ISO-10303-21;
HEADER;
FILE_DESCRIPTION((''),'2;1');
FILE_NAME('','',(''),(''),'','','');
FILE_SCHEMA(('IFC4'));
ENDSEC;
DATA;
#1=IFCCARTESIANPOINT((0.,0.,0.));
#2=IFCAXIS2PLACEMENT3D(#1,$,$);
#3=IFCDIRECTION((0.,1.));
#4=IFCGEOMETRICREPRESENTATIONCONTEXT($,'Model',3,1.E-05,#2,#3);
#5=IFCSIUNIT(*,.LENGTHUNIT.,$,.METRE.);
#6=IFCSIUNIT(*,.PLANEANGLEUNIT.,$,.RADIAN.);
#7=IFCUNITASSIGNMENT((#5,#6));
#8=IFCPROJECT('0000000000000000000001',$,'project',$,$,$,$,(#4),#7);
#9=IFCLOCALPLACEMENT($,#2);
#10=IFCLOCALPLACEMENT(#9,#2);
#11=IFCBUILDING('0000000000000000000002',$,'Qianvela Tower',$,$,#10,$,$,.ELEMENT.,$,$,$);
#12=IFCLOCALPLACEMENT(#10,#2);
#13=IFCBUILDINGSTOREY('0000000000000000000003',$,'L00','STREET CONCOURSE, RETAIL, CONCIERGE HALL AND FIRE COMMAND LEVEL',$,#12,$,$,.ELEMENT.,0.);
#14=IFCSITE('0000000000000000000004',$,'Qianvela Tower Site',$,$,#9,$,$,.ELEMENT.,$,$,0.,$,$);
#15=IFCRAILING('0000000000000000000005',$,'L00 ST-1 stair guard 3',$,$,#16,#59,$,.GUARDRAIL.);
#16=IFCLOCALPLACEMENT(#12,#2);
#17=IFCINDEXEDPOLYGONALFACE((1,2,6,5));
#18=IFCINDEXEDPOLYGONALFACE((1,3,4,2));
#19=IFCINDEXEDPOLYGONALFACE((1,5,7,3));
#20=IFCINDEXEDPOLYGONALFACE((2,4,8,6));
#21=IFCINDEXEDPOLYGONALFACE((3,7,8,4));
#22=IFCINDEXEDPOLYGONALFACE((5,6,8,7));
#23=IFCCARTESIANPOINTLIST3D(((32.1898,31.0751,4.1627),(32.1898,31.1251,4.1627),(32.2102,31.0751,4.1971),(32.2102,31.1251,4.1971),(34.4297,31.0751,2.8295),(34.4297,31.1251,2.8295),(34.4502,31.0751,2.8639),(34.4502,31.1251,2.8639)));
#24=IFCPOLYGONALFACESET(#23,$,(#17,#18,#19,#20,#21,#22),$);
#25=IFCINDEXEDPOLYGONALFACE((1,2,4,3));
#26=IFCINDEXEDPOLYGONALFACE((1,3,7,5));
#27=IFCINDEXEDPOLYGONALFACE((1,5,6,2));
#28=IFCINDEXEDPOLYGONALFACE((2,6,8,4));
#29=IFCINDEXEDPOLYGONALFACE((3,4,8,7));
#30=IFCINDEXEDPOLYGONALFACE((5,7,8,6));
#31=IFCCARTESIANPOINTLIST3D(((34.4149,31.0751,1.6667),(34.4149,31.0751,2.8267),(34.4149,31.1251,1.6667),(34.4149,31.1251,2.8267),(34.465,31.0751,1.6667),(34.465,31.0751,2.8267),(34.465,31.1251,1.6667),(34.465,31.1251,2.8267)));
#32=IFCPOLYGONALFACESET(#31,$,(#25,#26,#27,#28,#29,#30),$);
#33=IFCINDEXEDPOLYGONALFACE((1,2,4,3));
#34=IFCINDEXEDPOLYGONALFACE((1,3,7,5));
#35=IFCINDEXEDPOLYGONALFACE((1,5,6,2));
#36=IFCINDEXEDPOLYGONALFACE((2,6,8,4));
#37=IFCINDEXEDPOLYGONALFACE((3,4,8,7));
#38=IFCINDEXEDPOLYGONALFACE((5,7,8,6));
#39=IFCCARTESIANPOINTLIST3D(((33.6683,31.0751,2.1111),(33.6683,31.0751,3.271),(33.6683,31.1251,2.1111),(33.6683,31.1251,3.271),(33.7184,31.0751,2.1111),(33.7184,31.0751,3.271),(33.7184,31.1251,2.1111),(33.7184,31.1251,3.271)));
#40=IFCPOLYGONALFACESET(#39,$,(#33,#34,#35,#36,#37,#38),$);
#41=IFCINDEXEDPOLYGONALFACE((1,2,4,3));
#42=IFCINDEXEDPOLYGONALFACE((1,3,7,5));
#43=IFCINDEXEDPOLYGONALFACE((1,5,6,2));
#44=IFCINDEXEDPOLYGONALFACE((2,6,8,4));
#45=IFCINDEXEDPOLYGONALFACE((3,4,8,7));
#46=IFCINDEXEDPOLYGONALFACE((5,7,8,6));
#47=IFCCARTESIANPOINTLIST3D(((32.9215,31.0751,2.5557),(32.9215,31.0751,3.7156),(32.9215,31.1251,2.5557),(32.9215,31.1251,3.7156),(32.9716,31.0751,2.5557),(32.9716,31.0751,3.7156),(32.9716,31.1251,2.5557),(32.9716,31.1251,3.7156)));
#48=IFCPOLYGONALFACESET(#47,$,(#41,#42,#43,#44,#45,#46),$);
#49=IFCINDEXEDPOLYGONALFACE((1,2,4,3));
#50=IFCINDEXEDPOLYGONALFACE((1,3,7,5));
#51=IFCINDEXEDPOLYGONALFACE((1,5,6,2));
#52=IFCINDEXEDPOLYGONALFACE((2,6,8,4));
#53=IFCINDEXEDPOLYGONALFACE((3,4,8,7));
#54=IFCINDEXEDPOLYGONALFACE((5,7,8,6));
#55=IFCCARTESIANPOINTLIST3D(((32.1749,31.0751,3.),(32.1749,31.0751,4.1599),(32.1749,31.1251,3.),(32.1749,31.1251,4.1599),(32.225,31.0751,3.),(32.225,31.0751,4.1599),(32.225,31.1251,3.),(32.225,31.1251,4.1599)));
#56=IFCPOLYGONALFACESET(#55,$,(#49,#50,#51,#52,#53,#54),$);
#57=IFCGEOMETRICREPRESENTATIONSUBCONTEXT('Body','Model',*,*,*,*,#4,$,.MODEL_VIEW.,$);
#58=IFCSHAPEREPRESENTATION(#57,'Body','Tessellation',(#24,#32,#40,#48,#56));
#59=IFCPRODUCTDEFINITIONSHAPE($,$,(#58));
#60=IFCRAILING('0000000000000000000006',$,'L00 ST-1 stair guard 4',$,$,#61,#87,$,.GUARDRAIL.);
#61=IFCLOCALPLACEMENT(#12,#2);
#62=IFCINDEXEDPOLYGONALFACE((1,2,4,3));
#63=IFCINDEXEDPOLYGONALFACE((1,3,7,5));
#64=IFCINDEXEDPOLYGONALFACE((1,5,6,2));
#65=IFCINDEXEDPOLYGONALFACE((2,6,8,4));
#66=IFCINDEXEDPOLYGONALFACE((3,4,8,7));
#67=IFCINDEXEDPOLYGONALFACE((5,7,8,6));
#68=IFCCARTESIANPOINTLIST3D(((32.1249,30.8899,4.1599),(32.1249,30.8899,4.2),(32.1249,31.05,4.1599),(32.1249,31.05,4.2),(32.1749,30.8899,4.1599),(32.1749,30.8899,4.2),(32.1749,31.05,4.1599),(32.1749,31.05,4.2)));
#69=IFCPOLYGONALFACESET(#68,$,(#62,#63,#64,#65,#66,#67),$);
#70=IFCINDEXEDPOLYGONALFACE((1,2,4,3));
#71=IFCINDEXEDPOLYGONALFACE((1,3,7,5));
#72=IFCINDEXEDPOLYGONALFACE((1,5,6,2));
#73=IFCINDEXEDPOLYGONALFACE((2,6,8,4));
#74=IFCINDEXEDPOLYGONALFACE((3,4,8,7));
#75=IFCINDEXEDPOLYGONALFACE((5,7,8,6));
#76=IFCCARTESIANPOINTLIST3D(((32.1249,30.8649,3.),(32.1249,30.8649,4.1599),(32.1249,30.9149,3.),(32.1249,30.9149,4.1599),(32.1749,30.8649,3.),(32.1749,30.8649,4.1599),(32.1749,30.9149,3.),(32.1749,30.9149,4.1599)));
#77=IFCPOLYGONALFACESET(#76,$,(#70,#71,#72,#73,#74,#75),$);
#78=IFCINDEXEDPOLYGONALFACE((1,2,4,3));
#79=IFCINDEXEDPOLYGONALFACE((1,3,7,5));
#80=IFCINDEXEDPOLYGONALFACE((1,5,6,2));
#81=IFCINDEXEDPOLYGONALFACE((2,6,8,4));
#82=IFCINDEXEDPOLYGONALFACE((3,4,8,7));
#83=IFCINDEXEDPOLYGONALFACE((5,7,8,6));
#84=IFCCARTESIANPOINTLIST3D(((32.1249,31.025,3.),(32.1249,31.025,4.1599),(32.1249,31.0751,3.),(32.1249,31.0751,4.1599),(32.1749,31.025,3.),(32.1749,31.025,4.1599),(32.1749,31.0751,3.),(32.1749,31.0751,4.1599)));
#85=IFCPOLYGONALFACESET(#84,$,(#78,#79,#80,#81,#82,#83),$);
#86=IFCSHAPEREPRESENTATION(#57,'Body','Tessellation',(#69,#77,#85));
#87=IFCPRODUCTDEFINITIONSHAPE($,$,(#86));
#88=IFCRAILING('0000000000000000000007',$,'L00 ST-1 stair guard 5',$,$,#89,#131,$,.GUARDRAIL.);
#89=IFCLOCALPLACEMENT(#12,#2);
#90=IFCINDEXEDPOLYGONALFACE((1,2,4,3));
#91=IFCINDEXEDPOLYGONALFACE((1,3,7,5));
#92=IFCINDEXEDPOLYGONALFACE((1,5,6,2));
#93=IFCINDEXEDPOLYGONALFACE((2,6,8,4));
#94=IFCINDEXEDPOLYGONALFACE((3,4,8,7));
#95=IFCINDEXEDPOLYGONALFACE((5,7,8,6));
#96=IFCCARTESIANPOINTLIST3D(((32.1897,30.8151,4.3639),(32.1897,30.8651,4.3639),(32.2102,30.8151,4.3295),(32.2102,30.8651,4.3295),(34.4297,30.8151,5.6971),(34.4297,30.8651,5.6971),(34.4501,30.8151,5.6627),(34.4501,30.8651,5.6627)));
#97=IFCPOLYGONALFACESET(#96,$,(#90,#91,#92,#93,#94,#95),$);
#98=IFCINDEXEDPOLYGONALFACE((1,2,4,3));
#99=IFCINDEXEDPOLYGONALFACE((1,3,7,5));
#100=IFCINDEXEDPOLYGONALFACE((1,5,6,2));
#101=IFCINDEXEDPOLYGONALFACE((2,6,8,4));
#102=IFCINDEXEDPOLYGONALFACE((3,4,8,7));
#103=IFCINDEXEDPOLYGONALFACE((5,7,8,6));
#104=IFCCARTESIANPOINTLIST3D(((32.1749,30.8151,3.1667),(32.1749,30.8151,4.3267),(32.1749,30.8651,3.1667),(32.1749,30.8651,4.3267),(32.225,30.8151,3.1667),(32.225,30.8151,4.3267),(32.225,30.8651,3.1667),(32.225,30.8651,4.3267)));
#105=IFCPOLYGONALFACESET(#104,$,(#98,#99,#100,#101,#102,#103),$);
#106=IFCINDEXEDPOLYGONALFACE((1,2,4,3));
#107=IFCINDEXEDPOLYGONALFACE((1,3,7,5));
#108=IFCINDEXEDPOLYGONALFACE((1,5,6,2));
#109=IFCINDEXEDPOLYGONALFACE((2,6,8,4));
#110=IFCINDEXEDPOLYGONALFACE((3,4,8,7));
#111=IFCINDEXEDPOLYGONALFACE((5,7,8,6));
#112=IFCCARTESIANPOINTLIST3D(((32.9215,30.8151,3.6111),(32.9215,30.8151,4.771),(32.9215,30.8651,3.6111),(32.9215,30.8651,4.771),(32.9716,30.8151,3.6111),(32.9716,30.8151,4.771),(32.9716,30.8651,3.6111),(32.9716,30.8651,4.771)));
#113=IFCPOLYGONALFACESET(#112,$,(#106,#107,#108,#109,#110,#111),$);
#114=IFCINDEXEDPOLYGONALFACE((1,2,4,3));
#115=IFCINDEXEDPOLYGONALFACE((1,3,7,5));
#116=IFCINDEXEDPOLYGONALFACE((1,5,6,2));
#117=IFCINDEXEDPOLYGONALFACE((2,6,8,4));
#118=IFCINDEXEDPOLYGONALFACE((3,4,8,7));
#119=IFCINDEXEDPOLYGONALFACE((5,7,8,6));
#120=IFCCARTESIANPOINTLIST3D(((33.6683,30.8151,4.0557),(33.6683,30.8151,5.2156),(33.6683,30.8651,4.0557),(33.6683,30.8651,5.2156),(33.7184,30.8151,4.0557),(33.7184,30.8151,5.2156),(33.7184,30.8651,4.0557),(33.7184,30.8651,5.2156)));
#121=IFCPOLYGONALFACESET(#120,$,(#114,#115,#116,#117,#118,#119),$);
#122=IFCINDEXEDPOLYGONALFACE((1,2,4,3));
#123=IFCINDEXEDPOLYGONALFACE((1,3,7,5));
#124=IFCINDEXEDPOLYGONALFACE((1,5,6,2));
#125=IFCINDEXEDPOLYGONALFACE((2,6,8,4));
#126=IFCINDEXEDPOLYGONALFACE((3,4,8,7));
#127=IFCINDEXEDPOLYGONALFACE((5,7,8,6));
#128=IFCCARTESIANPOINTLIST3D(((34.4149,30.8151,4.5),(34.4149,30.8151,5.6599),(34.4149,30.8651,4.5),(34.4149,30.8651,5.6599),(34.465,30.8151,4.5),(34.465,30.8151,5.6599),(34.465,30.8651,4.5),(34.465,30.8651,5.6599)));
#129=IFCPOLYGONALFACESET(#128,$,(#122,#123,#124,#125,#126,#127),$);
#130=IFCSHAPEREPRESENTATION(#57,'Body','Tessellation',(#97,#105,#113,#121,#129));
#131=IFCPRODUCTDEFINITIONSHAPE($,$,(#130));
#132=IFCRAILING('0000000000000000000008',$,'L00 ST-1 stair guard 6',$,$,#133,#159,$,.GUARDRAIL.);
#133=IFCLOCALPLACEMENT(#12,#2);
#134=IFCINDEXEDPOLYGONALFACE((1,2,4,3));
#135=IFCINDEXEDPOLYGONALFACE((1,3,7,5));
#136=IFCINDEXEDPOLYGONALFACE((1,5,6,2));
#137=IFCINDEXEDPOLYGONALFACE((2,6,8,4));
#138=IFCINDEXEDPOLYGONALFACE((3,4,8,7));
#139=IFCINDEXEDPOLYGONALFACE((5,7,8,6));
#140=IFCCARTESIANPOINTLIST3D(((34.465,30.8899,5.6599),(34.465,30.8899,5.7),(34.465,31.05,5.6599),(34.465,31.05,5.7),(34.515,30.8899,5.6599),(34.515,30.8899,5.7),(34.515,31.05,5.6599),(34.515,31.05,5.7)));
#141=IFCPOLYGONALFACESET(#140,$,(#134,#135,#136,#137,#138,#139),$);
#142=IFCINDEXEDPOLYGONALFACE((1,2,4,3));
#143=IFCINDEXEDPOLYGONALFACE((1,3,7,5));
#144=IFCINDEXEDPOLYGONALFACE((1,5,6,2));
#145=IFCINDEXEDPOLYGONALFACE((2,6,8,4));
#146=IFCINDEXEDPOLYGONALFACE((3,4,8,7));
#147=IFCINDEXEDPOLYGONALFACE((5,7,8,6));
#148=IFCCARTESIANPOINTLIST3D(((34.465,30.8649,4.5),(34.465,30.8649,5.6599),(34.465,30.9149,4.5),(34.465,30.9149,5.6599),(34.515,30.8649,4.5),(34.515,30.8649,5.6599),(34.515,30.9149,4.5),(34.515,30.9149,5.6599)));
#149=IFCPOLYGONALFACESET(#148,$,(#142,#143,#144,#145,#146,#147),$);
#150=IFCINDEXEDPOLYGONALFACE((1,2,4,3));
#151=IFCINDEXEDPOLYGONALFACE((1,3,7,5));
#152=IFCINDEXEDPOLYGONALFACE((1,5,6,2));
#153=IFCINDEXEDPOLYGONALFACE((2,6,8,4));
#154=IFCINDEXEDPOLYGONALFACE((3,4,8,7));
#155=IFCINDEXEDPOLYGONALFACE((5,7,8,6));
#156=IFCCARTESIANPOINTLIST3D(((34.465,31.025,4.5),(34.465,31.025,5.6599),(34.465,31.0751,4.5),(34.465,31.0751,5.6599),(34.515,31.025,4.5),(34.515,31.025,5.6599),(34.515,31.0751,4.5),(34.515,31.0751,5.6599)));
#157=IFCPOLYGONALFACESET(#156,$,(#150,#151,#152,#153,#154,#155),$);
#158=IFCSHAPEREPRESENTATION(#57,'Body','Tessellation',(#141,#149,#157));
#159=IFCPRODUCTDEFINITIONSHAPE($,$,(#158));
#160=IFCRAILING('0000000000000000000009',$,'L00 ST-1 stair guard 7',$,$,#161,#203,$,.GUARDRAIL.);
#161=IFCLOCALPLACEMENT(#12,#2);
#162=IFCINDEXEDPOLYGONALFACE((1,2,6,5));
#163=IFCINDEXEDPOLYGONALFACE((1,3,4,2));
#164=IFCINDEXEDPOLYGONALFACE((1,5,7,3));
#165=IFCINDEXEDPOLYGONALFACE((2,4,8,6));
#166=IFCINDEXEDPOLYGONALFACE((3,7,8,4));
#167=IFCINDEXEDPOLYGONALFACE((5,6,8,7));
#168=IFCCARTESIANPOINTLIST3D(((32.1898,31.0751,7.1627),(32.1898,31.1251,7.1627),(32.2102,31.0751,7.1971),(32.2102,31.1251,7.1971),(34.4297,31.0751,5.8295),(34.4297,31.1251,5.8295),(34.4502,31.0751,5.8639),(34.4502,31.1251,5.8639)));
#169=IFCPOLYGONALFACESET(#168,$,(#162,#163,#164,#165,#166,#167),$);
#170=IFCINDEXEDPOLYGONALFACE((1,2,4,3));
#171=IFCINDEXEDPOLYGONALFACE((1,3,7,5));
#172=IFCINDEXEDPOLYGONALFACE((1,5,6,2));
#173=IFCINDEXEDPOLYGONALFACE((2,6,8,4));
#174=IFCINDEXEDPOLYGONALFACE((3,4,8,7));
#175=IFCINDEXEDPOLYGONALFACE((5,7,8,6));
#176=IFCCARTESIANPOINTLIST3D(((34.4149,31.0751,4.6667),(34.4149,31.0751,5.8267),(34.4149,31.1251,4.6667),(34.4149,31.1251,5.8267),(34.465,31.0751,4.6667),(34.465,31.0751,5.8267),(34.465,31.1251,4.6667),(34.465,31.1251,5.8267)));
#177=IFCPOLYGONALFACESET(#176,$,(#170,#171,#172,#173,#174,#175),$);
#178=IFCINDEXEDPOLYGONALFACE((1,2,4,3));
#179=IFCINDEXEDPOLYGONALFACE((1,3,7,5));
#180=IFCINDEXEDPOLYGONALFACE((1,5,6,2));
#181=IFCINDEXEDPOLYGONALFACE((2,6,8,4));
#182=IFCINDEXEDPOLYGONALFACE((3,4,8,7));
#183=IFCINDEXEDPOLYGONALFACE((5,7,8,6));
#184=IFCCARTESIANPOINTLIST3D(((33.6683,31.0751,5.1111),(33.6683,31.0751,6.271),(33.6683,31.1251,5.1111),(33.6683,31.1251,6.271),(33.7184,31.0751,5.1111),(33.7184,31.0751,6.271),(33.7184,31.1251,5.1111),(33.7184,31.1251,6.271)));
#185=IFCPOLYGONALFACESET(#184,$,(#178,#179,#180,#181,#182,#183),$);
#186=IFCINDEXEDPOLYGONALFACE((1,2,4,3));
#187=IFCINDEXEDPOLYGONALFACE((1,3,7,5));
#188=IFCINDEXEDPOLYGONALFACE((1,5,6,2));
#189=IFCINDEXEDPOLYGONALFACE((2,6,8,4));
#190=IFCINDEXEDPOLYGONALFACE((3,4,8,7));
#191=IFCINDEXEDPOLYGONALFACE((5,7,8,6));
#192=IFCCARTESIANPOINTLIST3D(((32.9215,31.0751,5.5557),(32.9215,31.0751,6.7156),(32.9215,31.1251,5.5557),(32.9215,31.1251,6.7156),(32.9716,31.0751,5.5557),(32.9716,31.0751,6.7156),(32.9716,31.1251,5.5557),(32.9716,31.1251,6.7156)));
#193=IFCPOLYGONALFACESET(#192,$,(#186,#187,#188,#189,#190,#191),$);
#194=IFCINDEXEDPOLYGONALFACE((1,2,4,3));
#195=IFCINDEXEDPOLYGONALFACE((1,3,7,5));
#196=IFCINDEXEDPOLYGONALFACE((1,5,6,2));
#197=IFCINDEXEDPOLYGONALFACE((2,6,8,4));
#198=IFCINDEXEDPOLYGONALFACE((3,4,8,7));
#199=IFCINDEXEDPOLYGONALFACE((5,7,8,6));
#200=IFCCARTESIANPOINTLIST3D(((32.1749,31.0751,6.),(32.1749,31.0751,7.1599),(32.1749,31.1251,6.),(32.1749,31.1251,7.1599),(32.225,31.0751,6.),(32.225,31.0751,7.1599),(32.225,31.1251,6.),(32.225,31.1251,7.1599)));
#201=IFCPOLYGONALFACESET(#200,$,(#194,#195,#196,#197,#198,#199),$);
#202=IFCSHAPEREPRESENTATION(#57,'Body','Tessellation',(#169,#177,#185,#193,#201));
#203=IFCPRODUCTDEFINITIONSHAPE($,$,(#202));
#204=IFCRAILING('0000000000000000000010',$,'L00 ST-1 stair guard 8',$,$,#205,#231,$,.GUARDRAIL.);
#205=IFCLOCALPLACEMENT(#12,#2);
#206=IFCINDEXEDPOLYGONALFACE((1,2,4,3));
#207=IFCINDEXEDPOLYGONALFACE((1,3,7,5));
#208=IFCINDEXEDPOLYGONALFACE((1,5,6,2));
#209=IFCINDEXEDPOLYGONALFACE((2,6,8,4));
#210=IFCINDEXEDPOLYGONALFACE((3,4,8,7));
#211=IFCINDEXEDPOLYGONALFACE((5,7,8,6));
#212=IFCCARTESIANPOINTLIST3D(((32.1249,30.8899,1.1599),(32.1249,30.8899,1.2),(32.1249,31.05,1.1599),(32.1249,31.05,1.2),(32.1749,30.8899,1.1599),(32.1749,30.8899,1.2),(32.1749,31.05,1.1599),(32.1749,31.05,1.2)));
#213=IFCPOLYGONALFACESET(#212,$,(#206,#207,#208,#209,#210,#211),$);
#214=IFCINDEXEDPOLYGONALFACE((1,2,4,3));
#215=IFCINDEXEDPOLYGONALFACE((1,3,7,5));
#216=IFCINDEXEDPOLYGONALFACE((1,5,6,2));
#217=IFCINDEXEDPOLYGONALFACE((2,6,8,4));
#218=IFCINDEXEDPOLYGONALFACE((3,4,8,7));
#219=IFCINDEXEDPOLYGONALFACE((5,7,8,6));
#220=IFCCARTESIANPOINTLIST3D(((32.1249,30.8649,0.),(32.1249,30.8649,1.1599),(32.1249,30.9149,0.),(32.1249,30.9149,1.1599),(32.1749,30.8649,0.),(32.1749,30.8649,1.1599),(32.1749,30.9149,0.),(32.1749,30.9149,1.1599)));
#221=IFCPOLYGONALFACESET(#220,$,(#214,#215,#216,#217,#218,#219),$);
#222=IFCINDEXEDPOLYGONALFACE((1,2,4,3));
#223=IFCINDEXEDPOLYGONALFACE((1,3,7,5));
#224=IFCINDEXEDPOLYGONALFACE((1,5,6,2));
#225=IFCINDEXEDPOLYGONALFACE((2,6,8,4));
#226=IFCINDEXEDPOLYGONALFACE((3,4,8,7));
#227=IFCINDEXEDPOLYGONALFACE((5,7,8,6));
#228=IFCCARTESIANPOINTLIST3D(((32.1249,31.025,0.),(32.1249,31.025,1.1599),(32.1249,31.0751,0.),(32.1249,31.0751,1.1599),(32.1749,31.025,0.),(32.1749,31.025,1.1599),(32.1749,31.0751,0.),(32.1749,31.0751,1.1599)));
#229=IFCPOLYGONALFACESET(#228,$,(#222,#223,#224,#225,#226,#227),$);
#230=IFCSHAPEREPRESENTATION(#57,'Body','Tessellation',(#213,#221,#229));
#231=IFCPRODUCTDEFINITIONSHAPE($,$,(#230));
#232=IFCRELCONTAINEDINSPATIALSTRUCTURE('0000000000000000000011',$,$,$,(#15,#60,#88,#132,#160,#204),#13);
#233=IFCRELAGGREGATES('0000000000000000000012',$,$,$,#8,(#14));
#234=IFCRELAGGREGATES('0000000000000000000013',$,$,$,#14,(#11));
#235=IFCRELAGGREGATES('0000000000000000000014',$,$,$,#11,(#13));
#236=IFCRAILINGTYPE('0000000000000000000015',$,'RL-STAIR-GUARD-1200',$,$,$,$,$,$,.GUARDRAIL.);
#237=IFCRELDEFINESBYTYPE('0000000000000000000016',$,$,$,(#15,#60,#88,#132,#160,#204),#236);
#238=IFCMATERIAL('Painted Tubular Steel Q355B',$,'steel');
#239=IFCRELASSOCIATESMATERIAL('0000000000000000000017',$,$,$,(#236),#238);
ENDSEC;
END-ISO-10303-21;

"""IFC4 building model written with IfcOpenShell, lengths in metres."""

from ifc_helpers import new_model, si_unit, direction, frame, origin, origin_2d, place, context, subcontext, project, spatial, rectangle, extrude, material, type_object, element, save


model = new_model("IFC4")

# Units and contexts
model_context = context("Model", 3, precision=1e-05, world=origin(), true_north=direction((0.0, 1.0)))
body_context = subcontext(model_context, "Body", "Model", "MODEL_VIEW")
ifc_project = project(units=[si_unit("LENGTHUNIT", "METRE"), si_unit("PLANEANGLEUNIT", "RADIAN")], contexts=[model_context])

# Site, building, storey
site_placement = place(None, origin())
site = spatial("IfcSite", under=ifc_project, at=site_placement, Name="Qianvela Tower Site", CompositionType="ELEMENT", RefElevation=0.0)
building_placement = place(site_placement, origin())
building = spatial("IfcBuilding", under=site, at=building_placement, Name="Qianvela Tower", CompositionType="ELEMENT")
storey_placement = place(building_placement, origin())
storey = spatial("IfcBuildingStorey", under=building, at=storey_placement, Name="L00", Description="STREET CONCOURSE, RETAIL, CONCIERGE HALL AND FIRE COMMAND LEVEL", CompositionType="ELEMENT", Elevation=0.0)

# Railings
ifc_material_1 = material(Name="Painted Tubular Steel Q355B", Category="steel")
railing_type_1 = type_object("IfcRailingType", Name="RL-STAIR-GUARD-1200", PredefinedType="GUARDRAIL", material=ifc_material_1)
railing_1_placement = place(storey_placement, frame((34.4399, 31.1001, 1.6667)))
element("IfcRailing", 1, at=railing_1_placement, inside=storey, type_object=railing_type_1, Name="L00 ST-1 stair guard 3", PredefinedType="GUARDRAIL", context=body_context, shape_type="SweptSolid", body=[
    extrude(rectangle(XDim=0.05, YDim=0.04, at=origin_2d()), frame((0.0, 0.0, 1.1799), z_axis=(-0.859306, 0.0, 0.511462), x_axis=(0.0, -1.0, 0.0)), (0.0, 0.0, 1.0), 2.6067),
    extrude(rectangle(XDim=0.05, YDim=0.05, at=origin_2d()), origin(), (0.0, 0.0, 1.0), 1.1599),
    extrude(rectangle(XDim=0.05, YDim=0.05, at=origin_2d()), frame((-0.7466, 0.0, 0.4443)), (0.0, 0.0, 1.0), 1.1599),
    extrude(rectangle(XDim=0.05, YDim=0.05, at=origin_2d()), frame((-1.4934, 0.0, 0.8889)), (0.0, 0.0, 1.0), 1.1599),
    extrude(rectangle(XDim=0.05, YDim=0.05, at=origin_2d()), frame((-2.24, 0.0, 1.3333)), (0.0, 0.0, 1.0), 1.1599),
])
railing_2_placement = place(storey_placement, frame((32.1499, 30.8899, 3.0)))
element("IfcRailing", 2, at=railing_2_placement, inside=storey, type_object=railing_type_1, Name="L00 ST-1 stair guard 4", PredefinedType="GUARDRAIL", context=body_context, shape_type="SweptSolid", body=[
    extrude(rectangle(XDim=0.05, YDim=0.04, at=origin_2d()), frame((0.0, 0.0, 1.1799), z_axis=(0.0, 1.0, 0.0), x_axis=(-1.0, 0.0, 0.0)), (0.0, 0.0, 1.0), 0.1602),
    extrude(rectangle(XDim=0.05, YDim=0.05, at=origin_2d()), origin(), (0.0, 0.0, 1.0), 1.1599),
    extrude(rectangle(XDim=0.05, YDim=0.05, at=origin_2d()), frame((0.0, 0.1602, 0.0)), (0.0, 0.0, 1.0), 1.1599),
])
railing_3_placement = place(storey_placement, frame((32.2, 30.8401, 3.1667)))
element("IfcRailing", 3, at=railing_3_placement, inside=storey, type_object=railing_type_1, Name="L00 ST-1 stair guard 5", PredefinedType="GUARDRAIL", context=body_context, shape_type="SweptSolid", body=[
    extrude(rectangle(XDim=0.05, YDim=0.04, at=origin_2d()), frame((0.0, 0.0, 1.1799), z_axis=(0.859306, 0.0, 0.511462), x_axis=(0.0, 1.0, 0.0)), (0.0, 0.0, 1.0), 2.6067),
    extrude(rectangle(XDim=0.05, YDim=0.05, at=origin_2d()), origin(), (0.0, 0.0, 1.0), 1.1599),
    extrude(rectangle(XDim=0.05, YDim=0.05, at=origin_2d()), frame((0.7466, 0.0, 0.4443)), (0.0, 0.0, 1.0), 1.1599),
    extrude(rectangle(XDim=0.05, YDim=0.05, at=origin_2d()), frame((1.4934, 0.0, 0.8889)), (0.0, 0.0, 1.0), 1.1599),
    extrude(rectangle(XDim=0.05, YDim=0.05, at=origin_2d()), frame((2.24, 0.0, 1.3333)), (0.0, 0.0, 1.0), 1.1599),
])
railing_4_placement = place(storey_placement, frame((34.49, 30.8899, 4.5)))
element("IfcRailing", 4, at=railing_4_placement, inside=storey, type_object=railing_type_1, Name="L00 ST-1 stair guard 6", PredefinedType="GUARDRAIL", context=body_context, shape_type="SweptSolid", body=[
    extrude(rectangle(XDim=0.05, YDim=0.04, at=origin_2d()), frame((0.0, 0.0, 1.1799), z_axis=(0.0, 1.0, 0.0), x_axis=(-1.0, 0.0, 0.0)), (0.0, 0.0, 1.0), 0.1602),
    extrude(rectangle(XDim=0.05, YDim=0.05, at=origin_2d()), origin(), (0.0, 0.0, 1.0), 1.1599),
    extrude(rectangle(XDim=0.05, YDim=0.05, at=origin_2d()), frame((0.0, 0.1602, 0.0)), (0.0, 0.0, 1.0), 1.1599),
])
railing_5_placement = place(storey_placement, frame((34.4399, 31.1001, 4.6667)))
element("IfcRailing", 5, at=railing_5_placement, inside=storey, type_object=railing_type_1, Name="L00 ST-1 stair guard 7", PredefinedType="GUARDRAIL", context=body_context, shape_type="SweptSolid", body=[
    extrude(rectangle(XDim=0.05, YDim=0.04, at=origin_2d()), frame((0.0, 0.0, 1.1799), z_axis=(-0.859306, 0.0, 0.511462), x_axis=(0.0, -1.0, 0.0)), (0.0, 0.0, 1.0), 2.6067),
    extrude(rectangle(XDim=0.05, YDim=0.05, at=origin_2d()), origin(), (0.0, 0.0, 1.0), 1.1599),
    extrude(rectangle(XDim=0.05, YDim=0.05, at=origin_2d()), frame((-0.7466, 0.0, 0.4443)), (0.0, 0.0, 1.0), 1.1599),
    extrude(rectangle(XDim=0.05, YDim=0.05, at=origin_2d()), frame((-1.4934, 0.0, 0.8889)), (0.0, 0.0, 1.0), 1.1599),
    extrude(rectangle(XDim=0.05, YDim=0.05, at=origin_2d()), frame((-2.24, 0.0, 1.3333)), (0.0, 0.0, 1.0), 1.1599),
])
railing_6_placement = place(storey_placement, frame((32.1499, 30.8899, 0.0)))
element("IfcRailing", 6, at=railing_6_placement, inside=storey, type_object=railing_type_1, Name="L00 ST-1 stair guard 8", PredefinedType="GUARDRAIL", context=body_context, shape_type="SweptSolid", body=[
    extrude(rectangle(XDim=0.05, YDim=0.04, at=origin_2d()), frame((0.0, 0.0, 1.1799), z_axis=(0.0, 1.0, 0.0), x_axis=(-1.0, 0.0, 0.0)), (0.0, 0.0, 1.0), 0.1602),
    extrude(rectangle(XDim=0.05, YDim=0.05, at=origin_2d()), origin(), (0.0, 0.0, 1.0), 1.1599),
    extrude(rectangle(XDim=0.05, YDim=0.05, at=origin_2d()), frame((0.0, 0.1602, 0.0)), (0.0, 0.0, 1.0), 1.1599),
])

save(model, "model.ifc")
